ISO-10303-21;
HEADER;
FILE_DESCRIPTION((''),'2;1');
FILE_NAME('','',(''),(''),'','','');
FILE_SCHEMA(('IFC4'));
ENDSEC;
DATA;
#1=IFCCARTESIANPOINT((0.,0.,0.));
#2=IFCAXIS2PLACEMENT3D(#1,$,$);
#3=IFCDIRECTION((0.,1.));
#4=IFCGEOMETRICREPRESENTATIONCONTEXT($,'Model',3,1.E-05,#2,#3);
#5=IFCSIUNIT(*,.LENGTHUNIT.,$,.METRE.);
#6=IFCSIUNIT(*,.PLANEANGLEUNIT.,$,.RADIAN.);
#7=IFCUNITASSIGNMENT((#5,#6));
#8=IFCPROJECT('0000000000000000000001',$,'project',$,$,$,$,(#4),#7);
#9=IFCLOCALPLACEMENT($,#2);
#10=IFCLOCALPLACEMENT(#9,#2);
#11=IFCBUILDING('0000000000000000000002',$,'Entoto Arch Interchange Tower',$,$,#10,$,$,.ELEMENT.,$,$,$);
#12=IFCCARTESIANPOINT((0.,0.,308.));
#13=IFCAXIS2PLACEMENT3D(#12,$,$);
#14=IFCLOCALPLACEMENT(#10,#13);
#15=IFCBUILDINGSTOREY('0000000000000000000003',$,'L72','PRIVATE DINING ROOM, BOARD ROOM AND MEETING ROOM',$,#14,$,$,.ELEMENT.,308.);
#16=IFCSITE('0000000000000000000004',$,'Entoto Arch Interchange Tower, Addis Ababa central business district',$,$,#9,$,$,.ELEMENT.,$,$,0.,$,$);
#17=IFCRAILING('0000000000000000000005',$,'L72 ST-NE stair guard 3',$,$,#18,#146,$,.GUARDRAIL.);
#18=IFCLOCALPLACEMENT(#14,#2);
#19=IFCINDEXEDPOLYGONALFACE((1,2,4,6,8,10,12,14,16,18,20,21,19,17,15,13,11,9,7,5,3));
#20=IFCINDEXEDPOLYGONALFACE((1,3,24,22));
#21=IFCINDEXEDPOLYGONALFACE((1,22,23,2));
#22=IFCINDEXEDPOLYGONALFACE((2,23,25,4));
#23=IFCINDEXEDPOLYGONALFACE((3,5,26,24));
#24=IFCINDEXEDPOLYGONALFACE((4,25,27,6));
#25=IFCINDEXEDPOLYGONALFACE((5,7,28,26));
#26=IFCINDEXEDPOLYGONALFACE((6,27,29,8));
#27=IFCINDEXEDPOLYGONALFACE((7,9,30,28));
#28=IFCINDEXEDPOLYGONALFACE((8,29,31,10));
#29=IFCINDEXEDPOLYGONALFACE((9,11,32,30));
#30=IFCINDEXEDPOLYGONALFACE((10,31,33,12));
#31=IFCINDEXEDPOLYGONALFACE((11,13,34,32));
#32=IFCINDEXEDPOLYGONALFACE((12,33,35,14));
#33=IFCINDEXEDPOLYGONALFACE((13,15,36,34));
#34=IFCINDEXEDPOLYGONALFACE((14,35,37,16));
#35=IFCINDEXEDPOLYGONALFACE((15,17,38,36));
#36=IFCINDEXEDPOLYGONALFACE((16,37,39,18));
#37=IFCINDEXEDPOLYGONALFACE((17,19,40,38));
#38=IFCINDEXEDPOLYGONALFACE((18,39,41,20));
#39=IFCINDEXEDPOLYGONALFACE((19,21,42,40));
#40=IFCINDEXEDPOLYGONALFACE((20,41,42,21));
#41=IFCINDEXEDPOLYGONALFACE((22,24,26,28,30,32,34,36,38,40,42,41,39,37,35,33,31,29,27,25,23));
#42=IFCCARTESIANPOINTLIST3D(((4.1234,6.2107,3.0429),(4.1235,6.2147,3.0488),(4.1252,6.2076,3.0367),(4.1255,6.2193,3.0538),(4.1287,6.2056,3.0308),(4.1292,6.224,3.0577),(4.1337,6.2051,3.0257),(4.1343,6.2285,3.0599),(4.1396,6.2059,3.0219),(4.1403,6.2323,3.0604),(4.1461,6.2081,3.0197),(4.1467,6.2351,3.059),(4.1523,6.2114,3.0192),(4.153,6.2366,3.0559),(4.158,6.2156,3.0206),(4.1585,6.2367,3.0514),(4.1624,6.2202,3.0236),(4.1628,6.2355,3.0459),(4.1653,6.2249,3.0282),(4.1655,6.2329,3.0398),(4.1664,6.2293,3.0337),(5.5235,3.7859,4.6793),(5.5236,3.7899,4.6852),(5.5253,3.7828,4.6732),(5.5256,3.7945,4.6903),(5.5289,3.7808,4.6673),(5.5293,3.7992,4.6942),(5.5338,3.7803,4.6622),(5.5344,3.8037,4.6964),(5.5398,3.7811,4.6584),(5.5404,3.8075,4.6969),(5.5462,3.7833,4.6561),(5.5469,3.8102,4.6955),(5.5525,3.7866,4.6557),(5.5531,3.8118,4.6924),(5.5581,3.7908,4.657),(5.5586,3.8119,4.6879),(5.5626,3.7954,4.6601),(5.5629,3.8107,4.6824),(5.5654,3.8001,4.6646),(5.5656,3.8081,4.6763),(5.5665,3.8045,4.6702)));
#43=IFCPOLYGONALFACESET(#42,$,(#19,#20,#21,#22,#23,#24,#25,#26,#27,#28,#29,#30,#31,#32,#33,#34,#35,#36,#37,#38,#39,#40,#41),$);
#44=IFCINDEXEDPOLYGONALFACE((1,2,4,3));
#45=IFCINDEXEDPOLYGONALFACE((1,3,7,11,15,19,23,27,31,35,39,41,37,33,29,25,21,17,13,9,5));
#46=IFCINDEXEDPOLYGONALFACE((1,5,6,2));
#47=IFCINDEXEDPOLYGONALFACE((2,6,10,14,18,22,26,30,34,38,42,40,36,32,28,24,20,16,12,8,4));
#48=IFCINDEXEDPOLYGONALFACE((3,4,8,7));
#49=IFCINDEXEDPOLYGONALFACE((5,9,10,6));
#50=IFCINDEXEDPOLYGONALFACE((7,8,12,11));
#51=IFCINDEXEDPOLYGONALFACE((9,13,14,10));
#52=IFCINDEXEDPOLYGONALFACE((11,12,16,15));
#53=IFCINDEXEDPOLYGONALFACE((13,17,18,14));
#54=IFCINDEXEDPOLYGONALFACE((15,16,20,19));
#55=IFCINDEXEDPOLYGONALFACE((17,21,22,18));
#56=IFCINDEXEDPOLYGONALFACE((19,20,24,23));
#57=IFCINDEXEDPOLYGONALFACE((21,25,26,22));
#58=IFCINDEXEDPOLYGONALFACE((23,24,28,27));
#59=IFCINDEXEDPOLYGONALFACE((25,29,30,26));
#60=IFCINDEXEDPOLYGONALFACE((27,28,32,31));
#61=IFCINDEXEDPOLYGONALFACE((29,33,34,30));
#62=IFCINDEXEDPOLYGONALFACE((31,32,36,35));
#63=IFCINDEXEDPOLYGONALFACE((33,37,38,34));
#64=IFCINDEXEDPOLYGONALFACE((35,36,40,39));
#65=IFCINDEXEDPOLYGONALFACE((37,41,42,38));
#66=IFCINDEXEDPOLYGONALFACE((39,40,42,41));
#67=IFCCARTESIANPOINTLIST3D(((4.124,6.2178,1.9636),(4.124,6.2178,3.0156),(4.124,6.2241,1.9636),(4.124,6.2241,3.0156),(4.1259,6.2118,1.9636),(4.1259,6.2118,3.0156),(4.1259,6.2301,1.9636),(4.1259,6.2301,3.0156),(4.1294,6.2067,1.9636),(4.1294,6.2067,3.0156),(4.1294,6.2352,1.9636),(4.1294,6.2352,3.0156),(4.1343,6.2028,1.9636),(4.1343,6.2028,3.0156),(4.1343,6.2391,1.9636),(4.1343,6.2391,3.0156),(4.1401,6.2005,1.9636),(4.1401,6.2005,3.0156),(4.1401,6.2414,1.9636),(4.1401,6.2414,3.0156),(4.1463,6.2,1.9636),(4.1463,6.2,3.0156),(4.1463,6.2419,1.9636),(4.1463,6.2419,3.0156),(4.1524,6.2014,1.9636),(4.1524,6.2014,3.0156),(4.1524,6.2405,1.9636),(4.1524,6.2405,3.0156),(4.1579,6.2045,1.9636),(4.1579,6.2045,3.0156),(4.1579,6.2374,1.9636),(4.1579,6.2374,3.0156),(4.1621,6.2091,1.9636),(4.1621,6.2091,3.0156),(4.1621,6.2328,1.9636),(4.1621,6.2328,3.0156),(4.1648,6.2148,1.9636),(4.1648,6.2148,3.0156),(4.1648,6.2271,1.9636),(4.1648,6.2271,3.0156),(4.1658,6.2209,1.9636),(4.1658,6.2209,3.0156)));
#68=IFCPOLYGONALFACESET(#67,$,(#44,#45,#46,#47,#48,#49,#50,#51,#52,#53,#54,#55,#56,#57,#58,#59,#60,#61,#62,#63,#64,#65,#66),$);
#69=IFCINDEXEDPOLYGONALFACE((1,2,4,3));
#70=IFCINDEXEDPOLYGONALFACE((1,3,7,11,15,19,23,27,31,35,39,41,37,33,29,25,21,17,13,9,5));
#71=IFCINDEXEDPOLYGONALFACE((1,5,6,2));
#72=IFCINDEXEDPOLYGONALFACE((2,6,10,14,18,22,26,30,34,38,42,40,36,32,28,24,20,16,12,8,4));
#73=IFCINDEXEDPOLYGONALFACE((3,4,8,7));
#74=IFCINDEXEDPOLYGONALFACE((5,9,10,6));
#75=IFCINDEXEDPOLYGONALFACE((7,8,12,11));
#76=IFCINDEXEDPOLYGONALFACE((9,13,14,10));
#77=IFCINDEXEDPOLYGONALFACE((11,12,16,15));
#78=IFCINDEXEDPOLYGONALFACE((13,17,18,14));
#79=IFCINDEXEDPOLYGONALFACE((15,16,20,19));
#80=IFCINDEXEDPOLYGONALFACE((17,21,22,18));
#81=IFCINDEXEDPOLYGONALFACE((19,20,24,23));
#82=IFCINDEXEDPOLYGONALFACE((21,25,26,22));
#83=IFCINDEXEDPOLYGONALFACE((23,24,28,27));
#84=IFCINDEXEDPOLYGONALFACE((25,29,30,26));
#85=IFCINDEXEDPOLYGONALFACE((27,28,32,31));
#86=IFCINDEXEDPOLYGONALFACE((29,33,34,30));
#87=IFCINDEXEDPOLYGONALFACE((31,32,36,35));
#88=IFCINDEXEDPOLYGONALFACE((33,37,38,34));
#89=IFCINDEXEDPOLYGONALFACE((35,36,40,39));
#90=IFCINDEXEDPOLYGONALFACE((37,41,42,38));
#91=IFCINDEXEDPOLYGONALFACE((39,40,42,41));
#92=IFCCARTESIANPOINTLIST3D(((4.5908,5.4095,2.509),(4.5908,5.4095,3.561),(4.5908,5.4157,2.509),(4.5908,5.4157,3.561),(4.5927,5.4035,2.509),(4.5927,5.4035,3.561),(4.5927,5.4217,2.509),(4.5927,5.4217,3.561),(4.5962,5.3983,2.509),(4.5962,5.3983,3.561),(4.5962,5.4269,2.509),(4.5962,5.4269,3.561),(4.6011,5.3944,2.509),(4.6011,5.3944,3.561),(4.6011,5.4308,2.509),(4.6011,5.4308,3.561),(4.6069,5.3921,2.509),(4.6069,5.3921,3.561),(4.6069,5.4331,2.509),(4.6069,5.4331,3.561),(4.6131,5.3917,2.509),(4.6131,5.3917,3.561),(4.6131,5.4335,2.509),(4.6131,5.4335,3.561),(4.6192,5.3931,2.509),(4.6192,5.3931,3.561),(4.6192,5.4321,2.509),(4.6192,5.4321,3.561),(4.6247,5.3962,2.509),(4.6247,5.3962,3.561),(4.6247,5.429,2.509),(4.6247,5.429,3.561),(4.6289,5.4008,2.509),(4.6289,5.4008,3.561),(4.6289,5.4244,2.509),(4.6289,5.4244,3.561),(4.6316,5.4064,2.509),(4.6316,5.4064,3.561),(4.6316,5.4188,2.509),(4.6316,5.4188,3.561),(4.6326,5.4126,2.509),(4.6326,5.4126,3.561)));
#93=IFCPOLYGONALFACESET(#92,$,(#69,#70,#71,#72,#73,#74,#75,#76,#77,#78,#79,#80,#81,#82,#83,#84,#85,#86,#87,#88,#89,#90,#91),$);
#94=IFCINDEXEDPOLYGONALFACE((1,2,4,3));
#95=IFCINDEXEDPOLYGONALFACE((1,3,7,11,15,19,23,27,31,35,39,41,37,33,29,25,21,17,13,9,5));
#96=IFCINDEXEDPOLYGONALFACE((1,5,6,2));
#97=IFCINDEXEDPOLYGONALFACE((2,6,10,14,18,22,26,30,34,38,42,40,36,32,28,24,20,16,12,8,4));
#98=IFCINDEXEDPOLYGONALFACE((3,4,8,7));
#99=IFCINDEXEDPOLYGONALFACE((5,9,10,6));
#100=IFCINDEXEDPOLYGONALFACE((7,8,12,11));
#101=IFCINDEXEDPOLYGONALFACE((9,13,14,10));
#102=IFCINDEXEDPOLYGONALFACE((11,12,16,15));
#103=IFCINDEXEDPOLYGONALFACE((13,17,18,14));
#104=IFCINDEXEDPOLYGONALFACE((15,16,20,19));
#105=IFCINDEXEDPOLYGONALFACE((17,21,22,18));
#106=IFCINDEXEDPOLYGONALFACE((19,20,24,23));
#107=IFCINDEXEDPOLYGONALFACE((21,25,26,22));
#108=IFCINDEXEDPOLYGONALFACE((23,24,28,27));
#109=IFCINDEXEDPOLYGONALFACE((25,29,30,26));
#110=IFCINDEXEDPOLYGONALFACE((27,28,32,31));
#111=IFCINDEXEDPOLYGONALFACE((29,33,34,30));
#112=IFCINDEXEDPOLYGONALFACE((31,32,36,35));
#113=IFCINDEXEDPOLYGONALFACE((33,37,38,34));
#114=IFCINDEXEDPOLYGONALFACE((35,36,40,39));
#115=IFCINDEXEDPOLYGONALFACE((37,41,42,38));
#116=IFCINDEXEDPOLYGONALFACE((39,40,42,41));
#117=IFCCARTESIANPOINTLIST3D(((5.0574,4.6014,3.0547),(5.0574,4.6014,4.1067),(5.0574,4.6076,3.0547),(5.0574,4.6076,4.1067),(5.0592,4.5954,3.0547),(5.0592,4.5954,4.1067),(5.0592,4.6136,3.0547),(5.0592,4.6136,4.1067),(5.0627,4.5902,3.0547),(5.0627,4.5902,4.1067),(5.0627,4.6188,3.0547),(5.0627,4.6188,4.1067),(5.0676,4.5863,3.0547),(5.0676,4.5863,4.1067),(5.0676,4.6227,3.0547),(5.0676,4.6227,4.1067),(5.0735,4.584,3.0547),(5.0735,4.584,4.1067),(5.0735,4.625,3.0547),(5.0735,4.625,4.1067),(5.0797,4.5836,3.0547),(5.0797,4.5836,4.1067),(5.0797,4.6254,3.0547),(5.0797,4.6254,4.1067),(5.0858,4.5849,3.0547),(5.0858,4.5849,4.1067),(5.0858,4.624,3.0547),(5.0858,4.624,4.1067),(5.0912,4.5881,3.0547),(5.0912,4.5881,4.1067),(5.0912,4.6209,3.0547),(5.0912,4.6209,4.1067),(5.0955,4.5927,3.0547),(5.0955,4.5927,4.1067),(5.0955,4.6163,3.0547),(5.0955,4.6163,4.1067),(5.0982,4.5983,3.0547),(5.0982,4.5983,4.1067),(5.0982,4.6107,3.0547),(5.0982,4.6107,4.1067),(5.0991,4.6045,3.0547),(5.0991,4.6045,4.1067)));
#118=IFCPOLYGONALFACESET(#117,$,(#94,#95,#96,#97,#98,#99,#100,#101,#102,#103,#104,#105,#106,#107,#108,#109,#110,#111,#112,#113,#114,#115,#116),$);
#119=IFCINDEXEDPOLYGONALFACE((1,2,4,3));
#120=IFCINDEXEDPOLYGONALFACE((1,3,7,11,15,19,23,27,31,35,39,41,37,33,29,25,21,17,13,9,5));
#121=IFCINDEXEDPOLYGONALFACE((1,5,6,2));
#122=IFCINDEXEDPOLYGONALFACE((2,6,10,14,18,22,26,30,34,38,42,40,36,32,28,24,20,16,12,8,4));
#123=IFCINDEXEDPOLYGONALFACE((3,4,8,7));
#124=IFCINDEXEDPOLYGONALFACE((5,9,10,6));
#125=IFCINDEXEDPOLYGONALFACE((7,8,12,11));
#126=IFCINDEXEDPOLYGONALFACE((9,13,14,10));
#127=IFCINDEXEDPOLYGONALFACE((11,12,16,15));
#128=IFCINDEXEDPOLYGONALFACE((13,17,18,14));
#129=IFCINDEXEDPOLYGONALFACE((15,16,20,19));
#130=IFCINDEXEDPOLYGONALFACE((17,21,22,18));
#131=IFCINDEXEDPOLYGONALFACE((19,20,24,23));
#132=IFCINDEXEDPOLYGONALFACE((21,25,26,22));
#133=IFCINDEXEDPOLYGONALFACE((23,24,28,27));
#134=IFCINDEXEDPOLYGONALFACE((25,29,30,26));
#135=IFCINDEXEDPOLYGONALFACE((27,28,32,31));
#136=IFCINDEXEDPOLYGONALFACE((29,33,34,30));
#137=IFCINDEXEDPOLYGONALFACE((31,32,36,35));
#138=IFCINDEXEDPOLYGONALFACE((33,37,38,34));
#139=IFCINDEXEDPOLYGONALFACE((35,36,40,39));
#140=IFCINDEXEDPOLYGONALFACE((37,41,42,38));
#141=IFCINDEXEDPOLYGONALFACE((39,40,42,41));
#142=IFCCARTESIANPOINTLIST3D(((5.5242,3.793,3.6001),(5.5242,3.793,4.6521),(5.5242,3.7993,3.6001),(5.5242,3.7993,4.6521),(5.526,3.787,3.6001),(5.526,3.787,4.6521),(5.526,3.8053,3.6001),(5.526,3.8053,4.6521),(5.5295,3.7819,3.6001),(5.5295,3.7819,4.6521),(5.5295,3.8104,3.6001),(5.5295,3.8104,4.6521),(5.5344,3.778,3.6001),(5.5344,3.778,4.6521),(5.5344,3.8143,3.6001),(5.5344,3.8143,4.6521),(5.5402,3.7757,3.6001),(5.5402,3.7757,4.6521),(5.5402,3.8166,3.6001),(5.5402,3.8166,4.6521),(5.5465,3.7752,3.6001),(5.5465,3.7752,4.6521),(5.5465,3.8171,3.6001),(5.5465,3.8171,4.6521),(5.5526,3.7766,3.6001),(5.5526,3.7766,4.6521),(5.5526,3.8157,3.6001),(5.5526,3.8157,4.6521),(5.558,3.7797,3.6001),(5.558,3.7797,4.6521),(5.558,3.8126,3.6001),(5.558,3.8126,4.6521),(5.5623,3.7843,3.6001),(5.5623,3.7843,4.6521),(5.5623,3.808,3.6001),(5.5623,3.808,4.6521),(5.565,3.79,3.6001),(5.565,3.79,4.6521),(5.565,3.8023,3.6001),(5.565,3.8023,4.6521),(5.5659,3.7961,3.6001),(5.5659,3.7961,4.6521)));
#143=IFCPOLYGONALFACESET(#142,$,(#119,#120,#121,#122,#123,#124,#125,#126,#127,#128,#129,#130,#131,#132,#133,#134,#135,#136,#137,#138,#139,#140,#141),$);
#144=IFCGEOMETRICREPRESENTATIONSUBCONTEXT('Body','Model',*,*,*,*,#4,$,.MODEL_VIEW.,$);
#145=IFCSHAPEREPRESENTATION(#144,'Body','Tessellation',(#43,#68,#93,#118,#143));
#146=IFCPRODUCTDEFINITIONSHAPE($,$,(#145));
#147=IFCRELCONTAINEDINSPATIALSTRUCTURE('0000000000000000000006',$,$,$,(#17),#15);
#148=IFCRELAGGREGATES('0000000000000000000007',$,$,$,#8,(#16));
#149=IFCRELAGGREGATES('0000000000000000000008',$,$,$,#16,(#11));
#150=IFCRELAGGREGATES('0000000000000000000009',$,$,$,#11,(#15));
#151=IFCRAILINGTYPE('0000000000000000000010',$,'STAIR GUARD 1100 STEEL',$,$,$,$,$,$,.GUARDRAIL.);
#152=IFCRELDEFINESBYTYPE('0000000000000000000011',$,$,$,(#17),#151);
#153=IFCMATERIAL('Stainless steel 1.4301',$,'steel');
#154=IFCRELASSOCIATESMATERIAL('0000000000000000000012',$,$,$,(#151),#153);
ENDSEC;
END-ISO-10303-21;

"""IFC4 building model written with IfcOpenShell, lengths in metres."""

from ifc_helpers import new_model, si_unit, direction, frame, origin, origin_2d, place, context, subcontext, project, spatial, circle, extrude, material, type_object, element, save


model = new_model("IFC4")

# Units and contexts
model_context = context("Model", 3, precision=1e-05, world=origin(), true_north=direction((0.0, 1.0)))
body_context = subcontext(model_context, "Body", "Model", "MODEL_VIEW")
ifc_project = project(units=[si_unit("LENGTHUNIT", "METRE"), si_unit("PLANEANGLEUNIT", "RADIAN")], contexts=[model_context])

# Site, building, storey
site_placement = place(None, origin())
site = spatial("IfcSite", under=ifc_project, at=site_placement, Name="Entoto Arch Interchange Tower, Addis Ababa central business district", CompositionType="ELEMENT", RefElevation=0.0)
building_placement = place(site_placement, origin())
building = spatial("IfcBuilding", under=site, at=building_placement, Name="Entoto Arch Interchange Tower", CompositionType="ELEMENT")
storey_placement = place(building_placement, frame((0.0, 0.0, 308.0)))
storey = spatial("IfcBuildingStorey", under=building, at=storey_placement, Name="L72", Description="PRIVATE DINING ROOM, BOARD ROOM AND MEETING ROOM", CompositionType="ELEMENT", Elevation=308.0)

# Railing
ifc_material_1 = material(Name="Stainless steel 1.4301", Category="steel")
railing_type_1 = type_object("IfcRailingType", Name="STAIR GUARD 1100 STEEL", PredefinedType="GUARDRAIL", material=ifc_material_1)
railing_1_placement = place(storey_placement, frame((4.1448, 6.2209, 1.9636)))
element("IfcRailing", 1, at=railing_1_placement, inside=storey, type_object=railing_type_1, Name="L72 ST-NE stair guard 3", PredefinedType="GUARDRAIL", context=body_context, shape_type="SweptSolid", body=[
    extrude(circle(Radius=0.0239, at=origin_2d()), frame((0.0, 0.0, 1.0762), z_axis=(0.431722, -0.747666, 0.504591), x_axis=(0.865997, 0.50005, 0.0)), (0.0, 0.0, 1.0), 3.2432),
    extrude(circle(Radius=0.021, at=origin_2d()), origin(), (0.0, 0.0, 1.0), 1.052),
    extrude(circle(Radius=0.021, at=origin_2d()), frame((0.4668, -0.8083, 0.5454)), (0.0, 0.0, 1.0), 1.052),
    extrude(circle(Radius=0.021, at=origin_2d()), frame((0.9333, -1.6165, 1.0911)), (0.0, 0.0, 1.0), 1.052),
    extrude(circle(Radius=0.021, at=origin_2d()), frame((1.4001, -2.4248, 1.6365)), (0.0, 0.0, 1.0), 1.052),
])

save(model, "model.ifc")
